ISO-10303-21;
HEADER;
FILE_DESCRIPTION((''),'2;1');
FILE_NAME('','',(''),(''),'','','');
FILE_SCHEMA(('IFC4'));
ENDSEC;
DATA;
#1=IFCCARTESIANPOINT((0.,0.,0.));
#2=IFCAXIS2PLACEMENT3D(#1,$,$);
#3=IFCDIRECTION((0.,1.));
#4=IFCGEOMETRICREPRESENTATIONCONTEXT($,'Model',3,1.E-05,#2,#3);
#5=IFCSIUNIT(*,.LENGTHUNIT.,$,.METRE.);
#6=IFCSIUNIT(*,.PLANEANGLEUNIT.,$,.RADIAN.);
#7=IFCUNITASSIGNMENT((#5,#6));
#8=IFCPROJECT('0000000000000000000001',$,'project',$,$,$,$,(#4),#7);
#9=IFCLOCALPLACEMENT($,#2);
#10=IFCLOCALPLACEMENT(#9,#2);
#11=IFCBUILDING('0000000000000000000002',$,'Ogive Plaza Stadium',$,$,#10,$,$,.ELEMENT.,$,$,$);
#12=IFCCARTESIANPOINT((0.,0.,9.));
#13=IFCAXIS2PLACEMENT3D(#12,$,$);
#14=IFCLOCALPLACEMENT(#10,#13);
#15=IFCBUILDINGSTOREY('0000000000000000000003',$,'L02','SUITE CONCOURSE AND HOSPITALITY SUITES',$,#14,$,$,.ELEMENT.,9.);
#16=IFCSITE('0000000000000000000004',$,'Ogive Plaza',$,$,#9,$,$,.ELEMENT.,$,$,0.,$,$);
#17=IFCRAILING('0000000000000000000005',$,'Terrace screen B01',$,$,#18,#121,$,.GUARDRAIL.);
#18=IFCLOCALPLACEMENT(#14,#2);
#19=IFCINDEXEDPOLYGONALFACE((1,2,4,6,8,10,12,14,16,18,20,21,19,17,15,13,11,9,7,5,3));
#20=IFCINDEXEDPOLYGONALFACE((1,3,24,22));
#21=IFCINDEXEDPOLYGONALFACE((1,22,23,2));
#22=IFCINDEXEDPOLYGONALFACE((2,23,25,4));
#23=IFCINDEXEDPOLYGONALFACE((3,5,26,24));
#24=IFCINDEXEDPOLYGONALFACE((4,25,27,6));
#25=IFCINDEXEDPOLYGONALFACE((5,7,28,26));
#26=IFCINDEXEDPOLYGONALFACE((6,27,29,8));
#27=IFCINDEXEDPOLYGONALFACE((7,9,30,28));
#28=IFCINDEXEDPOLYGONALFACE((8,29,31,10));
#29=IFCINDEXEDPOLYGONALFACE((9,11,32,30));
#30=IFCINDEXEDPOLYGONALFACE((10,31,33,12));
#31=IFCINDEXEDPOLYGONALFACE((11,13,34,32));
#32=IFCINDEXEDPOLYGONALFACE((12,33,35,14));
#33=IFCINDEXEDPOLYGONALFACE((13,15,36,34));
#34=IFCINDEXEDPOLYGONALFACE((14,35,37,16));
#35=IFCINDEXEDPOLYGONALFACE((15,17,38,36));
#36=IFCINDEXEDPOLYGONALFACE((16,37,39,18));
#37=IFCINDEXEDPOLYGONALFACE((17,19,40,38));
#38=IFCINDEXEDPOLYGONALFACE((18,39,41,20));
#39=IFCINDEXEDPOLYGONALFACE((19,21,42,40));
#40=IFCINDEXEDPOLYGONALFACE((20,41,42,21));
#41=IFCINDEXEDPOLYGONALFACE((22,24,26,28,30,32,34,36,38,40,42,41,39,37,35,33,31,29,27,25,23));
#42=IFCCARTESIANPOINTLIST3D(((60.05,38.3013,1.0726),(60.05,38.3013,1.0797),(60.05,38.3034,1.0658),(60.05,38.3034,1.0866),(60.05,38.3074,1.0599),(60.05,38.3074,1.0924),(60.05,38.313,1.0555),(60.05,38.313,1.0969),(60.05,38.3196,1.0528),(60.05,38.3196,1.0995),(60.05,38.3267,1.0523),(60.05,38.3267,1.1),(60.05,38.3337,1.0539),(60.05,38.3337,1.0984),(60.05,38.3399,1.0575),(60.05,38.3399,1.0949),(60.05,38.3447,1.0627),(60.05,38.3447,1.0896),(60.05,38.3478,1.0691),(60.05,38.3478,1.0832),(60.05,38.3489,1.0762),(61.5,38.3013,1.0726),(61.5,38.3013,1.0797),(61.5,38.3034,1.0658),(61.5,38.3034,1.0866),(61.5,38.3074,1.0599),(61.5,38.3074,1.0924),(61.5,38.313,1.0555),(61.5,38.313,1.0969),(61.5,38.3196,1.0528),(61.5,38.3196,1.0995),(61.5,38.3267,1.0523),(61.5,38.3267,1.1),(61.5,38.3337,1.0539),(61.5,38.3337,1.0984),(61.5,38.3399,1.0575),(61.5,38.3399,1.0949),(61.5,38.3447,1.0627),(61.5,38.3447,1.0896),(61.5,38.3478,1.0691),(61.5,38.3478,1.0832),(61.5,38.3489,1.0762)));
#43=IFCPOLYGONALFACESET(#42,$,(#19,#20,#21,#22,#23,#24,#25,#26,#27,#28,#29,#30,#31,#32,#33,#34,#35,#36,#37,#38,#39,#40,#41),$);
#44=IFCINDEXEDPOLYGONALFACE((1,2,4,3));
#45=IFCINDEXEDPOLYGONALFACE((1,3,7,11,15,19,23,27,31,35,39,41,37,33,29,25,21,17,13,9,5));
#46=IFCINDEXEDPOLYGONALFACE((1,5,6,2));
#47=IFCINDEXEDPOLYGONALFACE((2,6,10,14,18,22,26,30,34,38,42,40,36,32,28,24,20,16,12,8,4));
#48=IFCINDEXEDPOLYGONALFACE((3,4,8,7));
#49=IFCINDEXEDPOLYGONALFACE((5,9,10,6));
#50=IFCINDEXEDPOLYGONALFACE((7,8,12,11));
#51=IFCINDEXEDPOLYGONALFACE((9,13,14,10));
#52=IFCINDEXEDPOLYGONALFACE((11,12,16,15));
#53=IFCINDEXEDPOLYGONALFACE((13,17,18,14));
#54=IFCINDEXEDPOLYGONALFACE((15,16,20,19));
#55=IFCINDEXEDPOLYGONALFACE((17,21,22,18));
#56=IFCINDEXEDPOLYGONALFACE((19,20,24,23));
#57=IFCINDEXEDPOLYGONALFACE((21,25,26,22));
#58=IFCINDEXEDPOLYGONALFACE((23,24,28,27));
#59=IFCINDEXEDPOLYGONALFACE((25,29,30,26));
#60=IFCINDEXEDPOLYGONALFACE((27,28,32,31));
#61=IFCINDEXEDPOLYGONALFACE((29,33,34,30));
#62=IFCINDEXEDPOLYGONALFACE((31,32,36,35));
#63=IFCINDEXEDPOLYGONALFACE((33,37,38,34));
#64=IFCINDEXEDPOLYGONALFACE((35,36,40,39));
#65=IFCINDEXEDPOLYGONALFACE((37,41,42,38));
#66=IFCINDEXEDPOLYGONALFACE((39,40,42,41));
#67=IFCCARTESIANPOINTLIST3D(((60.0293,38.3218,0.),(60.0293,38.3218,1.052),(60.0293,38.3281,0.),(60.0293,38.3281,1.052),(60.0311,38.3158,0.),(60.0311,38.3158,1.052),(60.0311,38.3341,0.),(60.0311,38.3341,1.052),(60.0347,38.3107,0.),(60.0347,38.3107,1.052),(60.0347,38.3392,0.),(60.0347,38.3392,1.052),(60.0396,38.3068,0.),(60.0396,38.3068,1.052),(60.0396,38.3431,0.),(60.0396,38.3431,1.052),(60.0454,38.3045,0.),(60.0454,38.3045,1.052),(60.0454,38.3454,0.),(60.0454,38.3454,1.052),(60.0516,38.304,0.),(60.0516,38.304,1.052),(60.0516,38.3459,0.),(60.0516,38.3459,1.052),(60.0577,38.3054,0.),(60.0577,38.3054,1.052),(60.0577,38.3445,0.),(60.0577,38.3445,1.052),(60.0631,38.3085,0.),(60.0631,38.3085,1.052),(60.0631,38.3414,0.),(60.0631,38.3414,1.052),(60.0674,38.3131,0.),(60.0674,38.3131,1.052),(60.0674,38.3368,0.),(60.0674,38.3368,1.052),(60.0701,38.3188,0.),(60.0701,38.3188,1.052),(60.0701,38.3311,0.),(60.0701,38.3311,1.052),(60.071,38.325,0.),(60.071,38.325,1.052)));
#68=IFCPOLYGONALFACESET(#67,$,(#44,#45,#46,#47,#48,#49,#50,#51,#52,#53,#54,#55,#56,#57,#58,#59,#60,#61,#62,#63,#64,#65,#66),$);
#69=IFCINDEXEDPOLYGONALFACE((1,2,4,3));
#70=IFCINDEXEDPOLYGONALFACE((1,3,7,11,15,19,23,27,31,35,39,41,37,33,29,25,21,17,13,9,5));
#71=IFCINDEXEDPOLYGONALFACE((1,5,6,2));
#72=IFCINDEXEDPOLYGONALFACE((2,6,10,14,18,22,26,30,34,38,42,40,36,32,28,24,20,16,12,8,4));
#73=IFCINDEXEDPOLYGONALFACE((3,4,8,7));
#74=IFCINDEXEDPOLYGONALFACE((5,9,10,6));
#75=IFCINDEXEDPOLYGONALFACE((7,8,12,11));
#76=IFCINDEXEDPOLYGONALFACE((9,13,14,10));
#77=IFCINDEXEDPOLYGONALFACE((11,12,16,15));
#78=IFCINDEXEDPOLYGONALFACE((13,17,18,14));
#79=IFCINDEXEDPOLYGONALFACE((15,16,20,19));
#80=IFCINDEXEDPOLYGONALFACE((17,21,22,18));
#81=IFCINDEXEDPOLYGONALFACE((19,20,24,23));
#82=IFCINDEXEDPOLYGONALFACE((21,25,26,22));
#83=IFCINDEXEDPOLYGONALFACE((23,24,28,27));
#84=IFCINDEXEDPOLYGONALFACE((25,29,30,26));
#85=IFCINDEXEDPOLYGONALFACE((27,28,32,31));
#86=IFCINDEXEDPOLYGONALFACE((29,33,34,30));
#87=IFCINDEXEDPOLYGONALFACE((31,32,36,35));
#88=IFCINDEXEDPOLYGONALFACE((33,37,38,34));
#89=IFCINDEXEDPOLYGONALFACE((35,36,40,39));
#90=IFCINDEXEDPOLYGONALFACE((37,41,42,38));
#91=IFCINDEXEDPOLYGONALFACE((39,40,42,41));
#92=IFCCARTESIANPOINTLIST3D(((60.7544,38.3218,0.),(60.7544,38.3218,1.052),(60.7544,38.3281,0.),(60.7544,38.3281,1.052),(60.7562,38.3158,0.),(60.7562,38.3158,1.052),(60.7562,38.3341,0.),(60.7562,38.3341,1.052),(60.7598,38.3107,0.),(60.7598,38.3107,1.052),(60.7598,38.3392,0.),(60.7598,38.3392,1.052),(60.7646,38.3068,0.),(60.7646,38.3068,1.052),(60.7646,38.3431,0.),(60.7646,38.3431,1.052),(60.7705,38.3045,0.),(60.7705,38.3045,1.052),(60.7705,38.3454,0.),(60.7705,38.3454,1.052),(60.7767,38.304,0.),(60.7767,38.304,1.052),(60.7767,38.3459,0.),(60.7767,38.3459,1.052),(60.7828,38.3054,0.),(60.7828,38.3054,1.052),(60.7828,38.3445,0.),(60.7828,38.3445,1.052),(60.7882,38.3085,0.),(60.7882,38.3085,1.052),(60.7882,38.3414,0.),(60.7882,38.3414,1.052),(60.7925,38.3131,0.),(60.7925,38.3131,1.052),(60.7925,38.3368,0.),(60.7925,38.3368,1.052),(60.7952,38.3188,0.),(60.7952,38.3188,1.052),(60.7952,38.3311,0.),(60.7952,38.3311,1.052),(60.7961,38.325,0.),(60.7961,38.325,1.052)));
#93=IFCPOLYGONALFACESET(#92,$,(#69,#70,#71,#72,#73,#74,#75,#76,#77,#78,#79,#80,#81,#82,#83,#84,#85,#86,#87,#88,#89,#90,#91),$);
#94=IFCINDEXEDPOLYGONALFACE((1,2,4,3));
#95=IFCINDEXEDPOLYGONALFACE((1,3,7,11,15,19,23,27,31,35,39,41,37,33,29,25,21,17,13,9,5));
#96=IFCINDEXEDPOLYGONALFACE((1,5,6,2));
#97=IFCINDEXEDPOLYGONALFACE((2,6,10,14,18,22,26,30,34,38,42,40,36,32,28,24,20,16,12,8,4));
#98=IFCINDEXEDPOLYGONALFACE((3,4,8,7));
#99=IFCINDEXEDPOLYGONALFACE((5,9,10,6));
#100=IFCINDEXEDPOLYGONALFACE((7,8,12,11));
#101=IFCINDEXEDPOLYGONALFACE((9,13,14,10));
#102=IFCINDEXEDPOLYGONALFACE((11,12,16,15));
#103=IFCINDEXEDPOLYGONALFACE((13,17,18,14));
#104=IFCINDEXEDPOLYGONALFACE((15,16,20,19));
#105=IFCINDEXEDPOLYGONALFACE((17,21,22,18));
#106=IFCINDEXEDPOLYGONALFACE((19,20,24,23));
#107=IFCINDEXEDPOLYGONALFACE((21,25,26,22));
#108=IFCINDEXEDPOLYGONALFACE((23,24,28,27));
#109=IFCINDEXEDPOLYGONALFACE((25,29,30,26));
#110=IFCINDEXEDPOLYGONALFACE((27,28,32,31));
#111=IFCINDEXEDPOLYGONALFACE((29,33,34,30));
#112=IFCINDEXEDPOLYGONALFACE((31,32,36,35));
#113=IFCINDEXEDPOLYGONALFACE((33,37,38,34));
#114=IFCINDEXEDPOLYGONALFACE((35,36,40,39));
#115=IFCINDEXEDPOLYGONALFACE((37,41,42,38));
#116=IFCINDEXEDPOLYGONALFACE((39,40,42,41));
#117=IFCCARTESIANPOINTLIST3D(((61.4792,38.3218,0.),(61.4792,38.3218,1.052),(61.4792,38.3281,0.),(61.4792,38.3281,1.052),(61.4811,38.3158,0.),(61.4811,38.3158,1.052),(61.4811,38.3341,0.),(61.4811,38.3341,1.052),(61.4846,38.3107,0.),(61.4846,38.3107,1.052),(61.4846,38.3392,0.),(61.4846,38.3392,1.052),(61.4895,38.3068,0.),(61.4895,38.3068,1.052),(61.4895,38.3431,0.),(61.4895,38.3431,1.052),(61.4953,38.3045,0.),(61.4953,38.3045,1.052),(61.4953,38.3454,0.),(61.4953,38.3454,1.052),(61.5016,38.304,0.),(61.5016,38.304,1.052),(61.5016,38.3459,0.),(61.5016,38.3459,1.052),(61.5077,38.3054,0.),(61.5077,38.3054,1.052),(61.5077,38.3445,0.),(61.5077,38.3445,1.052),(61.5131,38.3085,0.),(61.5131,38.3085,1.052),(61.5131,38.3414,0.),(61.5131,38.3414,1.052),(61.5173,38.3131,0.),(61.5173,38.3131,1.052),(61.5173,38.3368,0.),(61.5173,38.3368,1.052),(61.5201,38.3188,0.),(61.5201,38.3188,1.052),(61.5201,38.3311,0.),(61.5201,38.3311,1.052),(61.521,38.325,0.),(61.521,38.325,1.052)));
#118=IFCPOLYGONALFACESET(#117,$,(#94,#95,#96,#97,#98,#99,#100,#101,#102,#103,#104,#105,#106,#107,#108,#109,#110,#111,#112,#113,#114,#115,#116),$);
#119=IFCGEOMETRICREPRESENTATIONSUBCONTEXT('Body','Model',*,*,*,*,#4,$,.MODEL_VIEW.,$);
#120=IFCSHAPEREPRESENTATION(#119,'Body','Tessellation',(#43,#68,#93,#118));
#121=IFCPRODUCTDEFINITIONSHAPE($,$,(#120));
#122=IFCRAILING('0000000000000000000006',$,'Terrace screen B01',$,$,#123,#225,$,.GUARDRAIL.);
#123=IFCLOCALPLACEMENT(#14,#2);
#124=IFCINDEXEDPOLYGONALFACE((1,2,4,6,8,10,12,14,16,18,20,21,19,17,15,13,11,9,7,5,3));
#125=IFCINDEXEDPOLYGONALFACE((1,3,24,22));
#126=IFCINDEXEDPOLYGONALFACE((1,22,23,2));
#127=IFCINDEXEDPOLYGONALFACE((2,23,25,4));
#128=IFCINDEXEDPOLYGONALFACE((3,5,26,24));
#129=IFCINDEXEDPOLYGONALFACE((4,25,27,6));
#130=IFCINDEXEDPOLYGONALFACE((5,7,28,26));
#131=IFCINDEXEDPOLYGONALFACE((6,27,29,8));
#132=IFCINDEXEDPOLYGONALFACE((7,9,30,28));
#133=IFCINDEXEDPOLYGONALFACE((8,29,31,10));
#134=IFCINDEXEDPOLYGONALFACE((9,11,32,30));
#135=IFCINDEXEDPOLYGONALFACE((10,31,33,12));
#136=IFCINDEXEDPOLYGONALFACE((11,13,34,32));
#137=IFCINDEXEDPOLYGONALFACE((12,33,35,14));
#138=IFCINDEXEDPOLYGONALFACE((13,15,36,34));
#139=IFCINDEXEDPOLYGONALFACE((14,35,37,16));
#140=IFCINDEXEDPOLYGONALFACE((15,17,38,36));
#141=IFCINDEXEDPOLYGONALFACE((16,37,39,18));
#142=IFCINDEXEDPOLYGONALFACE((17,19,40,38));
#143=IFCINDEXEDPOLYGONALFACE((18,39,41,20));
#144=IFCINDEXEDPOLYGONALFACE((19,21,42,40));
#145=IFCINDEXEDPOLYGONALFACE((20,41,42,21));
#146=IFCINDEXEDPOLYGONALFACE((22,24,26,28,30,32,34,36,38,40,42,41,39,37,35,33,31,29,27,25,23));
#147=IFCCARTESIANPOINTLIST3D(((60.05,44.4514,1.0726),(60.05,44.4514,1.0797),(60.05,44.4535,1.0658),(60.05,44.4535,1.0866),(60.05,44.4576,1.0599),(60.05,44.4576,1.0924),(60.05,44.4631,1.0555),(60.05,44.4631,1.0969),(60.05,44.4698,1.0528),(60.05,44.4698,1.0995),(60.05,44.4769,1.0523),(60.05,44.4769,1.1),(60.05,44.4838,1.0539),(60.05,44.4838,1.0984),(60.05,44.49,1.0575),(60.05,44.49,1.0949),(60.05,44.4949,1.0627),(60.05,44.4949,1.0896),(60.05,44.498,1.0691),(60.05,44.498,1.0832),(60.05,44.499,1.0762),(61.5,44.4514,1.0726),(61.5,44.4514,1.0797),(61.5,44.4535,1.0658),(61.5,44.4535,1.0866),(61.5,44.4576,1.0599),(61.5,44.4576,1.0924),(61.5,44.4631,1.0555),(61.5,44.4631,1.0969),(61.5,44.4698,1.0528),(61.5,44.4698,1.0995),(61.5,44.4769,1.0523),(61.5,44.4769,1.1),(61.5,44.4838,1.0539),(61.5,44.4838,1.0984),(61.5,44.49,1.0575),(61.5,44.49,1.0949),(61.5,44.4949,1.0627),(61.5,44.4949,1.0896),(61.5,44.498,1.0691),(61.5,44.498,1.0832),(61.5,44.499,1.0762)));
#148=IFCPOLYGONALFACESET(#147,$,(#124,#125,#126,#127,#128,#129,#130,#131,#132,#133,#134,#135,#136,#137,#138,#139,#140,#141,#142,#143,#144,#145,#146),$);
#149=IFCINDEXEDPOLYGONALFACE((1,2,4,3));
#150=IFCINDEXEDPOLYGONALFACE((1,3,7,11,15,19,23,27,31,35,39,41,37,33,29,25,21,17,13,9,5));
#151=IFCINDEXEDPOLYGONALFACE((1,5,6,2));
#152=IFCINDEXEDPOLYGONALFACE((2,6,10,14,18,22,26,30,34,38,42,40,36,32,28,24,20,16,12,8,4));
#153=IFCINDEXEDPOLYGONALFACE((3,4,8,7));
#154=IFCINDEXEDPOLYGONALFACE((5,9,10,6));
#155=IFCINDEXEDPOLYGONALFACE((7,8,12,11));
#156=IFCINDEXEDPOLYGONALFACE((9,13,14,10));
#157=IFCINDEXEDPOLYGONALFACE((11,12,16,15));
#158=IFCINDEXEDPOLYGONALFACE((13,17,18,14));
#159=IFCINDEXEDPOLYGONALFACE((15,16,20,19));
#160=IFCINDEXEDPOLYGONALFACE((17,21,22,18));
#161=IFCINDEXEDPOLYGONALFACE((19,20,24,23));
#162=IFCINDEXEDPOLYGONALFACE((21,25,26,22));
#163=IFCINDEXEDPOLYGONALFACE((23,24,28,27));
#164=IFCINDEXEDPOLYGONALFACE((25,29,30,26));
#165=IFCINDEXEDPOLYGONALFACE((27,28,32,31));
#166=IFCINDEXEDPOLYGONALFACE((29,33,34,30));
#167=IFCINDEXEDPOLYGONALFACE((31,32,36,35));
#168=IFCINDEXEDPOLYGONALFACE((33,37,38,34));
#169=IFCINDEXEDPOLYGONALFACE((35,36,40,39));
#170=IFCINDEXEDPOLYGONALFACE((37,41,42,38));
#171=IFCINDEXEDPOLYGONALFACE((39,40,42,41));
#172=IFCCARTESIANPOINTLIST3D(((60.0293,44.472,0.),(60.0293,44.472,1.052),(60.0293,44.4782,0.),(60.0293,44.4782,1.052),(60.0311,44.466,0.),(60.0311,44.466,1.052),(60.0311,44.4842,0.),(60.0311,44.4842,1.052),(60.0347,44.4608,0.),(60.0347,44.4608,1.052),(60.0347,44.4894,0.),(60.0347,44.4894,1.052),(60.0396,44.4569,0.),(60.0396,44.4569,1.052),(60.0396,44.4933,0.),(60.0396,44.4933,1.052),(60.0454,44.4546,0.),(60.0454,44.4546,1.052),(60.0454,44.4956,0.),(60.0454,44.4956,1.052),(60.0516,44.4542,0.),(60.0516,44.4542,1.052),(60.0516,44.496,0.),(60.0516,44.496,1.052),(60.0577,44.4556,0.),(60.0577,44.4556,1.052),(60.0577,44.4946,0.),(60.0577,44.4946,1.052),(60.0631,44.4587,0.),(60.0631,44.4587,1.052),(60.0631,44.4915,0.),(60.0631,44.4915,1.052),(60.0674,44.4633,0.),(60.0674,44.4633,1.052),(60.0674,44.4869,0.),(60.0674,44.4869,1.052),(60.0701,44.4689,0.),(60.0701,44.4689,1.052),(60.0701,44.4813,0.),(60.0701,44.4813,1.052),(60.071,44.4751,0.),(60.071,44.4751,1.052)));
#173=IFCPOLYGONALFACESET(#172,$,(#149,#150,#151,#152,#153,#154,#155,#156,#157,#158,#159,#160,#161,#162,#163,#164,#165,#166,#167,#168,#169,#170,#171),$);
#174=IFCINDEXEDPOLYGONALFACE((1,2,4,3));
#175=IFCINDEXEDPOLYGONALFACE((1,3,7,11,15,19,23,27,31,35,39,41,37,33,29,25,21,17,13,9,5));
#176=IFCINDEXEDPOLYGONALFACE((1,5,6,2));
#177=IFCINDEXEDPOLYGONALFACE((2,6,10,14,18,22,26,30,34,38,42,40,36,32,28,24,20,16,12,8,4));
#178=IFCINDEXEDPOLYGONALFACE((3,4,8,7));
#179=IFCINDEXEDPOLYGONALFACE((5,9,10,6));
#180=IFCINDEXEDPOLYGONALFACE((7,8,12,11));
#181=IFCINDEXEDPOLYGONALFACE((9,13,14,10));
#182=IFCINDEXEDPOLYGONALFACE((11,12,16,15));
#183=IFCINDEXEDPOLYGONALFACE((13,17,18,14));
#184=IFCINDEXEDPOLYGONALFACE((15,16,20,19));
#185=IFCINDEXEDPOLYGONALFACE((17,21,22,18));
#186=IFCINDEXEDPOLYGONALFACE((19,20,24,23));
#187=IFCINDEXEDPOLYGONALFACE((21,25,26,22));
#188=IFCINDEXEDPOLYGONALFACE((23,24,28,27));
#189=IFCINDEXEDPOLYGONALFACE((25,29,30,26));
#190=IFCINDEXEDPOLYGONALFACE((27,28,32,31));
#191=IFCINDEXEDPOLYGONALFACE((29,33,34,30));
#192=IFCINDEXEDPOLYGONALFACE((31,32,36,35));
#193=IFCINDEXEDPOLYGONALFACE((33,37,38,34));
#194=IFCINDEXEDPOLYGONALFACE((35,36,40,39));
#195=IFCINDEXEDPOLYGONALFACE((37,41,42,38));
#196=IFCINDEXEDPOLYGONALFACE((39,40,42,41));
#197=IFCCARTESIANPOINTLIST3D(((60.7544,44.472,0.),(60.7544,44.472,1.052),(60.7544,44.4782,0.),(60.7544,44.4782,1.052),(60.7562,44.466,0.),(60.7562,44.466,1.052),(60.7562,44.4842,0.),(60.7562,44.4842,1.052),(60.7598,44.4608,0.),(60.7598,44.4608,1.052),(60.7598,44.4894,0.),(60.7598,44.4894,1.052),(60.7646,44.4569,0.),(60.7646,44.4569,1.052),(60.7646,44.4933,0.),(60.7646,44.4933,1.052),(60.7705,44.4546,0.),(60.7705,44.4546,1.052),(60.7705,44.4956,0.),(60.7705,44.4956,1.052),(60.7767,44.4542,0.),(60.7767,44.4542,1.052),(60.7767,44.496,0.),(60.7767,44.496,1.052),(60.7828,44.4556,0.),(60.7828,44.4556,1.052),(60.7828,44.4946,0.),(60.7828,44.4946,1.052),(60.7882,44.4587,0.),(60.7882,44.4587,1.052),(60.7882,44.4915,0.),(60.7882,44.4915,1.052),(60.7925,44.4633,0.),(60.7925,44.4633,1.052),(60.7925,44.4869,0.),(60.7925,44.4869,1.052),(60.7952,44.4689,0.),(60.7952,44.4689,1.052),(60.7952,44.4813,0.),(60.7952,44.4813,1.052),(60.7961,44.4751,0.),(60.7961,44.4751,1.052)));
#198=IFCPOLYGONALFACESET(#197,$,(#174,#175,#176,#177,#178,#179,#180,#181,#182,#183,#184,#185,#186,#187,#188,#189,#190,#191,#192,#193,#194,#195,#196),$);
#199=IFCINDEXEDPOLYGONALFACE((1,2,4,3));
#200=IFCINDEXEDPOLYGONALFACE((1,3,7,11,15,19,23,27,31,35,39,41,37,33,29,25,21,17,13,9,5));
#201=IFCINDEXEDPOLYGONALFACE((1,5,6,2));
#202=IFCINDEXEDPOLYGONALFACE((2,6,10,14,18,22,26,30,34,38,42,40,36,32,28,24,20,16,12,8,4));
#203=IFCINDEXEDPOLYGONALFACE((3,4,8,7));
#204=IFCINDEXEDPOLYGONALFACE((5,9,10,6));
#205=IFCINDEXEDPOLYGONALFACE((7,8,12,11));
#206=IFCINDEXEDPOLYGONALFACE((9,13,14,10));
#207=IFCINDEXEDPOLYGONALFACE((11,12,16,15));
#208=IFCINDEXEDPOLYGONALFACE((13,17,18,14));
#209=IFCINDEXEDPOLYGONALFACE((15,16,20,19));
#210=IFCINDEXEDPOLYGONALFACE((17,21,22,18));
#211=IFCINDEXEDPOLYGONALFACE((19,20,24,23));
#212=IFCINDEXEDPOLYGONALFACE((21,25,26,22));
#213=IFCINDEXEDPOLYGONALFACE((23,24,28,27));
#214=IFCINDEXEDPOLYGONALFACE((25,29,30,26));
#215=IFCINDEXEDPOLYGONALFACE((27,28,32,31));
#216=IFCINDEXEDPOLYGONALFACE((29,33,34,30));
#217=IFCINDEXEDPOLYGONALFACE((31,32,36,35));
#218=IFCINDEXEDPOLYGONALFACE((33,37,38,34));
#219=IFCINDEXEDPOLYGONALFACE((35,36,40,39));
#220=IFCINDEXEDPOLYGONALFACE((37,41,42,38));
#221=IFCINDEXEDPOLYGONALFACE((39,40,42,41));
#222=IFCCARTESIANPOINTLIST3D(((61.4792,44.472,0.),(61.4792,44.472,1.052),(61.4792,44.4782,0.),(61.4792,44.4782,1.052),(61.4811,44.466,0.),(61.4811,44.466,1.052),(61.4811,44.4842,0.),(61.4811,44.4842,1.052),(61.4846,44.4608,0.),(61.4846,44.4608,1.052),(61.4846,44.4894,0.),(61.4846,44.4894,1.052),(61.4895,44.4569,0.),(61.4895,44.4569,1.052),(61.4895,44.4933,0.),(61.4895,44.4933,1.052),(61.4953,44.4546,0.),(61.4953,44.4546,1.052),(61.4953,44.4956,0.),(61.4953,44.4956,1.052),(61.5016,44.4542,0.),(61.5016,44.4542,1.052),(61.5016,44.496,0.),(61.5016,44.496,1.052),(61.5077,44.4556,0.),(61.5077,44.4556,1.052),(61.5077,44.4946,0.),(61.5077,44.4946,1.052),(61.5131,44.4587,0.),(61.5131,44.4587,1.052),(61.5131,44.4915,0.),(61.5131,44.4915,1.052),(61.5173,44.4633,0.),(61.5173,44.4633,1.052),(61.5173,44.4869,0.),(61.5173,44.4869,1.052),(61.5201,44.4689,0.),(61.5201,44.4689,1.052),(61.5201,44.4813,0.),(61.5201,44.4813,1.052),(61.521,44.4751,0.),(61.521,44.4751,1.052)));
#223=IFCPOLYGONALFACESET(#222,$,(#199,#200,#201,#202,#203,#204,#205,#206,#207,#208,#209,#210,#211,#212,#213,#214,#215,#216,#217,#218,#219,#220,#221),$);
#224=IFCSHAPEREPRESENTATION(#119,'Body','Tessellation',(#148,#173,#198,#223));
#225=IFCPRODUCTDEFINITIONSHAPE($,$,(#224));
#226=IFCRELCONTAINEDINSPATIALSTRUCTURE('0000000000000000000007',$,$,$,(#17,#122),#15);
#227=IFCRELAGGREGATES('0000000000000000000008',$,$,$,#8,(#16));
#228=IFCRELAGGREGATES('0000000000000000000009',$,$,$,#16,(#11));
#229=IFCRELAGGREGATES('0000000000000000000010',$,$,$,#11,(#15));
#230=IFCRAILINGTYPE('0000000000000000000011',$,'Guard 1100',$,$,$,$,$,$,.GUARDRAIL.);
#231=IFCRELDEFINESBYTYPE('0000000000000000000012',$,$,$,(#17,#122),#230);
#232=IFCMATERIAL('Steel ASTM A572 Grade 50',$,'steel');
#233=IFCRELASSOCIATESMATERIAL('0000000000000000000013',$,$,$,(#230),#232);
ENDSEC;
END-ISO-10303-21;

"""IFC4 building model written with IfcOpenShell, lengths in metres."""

from ifc_helpers import new_model, si_unit, direction, frame, origin, origin_2d, place, context, subcontext, project, spatial, circle, extrude, material, type_object, element, save


model = new_model("IFC4")

# Units and contexts
model_context = context("Model", 3, precision=1e-05, world=origin(), true_north=direction((0.0, 1.0)))
body_context = subcontext(model_context, "Body", "Model", "MODEL_VIEW")
ifc_project = project(units=[si_unit("LENGTHUNIT", "METRE"), si_unit("PLANEANGLEUNIT", "RADIAN")], contexts=[model_context])

# Site, building, storey
site_placement = place(None, origin())
site = spatial("IfcSite", under=ifc_project, at=site_placement, Name="Ogive Plaza", CompositionType="ELEMENT", RefElevation=0.0)
building_placement = place(site_placement, origin())
building = spatial("IfcBuilding", under=site, at=building_placement, Name="Ogive Plaza Stadium", CompositionType="ELEMENT")
storey_placement = place(building_placement, frame((0.0, 0.0, 9.0)))
storey = spatial("IfcBuildingStorey", under=building, at=storey_placement, Name="L02", Description="SUITE CONCOURSE AND HOSPITALITY SUITES", CompositionType="ELEMENT", Elevation=9.0)

# Railings
ifc_material_1 = material(Name="Steel ASTM A572 Grade 50", Category="steel")
railing_type = type_object("IfcRailingType", Name="Guard 1100", PredefinedType="GUARDRAIL", material=ifc_material_1)
for number, where, name in (
    (1, (60.05, 38.325, 0.0), "Terrace screen B01"),
    (2, (60.05, 44.4751, 0.0), "Terrace screen B01"),
):
    element("IfcRailing", number, at=place(storey_placement, frame(where)), inside=storey, type_object=railing_type, Name=name, PredefinedType="GUARDRAIL", context=body_context, shape_type="SweptSolid", body=[
        extrude(circle(Radius=0.0239, at=origin_2d()), frame((0.0, 0.0, 1.0762), z_axis=(1.0, 0.0, 0.0), x_axis=(0.0, 1.0, 0.0)), (0.0, 0.0, 1.0), 1.45),
        extrude(circle(Radius=0.021, at=origin_2d()), origin(), (0.0, 0.0, 1.0), 1.052),
        extrude(circle(Radius=0.021, at=origin_2d()), frame((0.7251, 0.0, 0.0)), (0.0, 0.0, 1.0), 1.052),
        extrude(circle(Radius=0.021, at=origin_2d()), frame((1.45, 0.0, 0.0)), (0.0, 0.0, 1.0), 1.052),
    ])

save(model, "model.ifc")
